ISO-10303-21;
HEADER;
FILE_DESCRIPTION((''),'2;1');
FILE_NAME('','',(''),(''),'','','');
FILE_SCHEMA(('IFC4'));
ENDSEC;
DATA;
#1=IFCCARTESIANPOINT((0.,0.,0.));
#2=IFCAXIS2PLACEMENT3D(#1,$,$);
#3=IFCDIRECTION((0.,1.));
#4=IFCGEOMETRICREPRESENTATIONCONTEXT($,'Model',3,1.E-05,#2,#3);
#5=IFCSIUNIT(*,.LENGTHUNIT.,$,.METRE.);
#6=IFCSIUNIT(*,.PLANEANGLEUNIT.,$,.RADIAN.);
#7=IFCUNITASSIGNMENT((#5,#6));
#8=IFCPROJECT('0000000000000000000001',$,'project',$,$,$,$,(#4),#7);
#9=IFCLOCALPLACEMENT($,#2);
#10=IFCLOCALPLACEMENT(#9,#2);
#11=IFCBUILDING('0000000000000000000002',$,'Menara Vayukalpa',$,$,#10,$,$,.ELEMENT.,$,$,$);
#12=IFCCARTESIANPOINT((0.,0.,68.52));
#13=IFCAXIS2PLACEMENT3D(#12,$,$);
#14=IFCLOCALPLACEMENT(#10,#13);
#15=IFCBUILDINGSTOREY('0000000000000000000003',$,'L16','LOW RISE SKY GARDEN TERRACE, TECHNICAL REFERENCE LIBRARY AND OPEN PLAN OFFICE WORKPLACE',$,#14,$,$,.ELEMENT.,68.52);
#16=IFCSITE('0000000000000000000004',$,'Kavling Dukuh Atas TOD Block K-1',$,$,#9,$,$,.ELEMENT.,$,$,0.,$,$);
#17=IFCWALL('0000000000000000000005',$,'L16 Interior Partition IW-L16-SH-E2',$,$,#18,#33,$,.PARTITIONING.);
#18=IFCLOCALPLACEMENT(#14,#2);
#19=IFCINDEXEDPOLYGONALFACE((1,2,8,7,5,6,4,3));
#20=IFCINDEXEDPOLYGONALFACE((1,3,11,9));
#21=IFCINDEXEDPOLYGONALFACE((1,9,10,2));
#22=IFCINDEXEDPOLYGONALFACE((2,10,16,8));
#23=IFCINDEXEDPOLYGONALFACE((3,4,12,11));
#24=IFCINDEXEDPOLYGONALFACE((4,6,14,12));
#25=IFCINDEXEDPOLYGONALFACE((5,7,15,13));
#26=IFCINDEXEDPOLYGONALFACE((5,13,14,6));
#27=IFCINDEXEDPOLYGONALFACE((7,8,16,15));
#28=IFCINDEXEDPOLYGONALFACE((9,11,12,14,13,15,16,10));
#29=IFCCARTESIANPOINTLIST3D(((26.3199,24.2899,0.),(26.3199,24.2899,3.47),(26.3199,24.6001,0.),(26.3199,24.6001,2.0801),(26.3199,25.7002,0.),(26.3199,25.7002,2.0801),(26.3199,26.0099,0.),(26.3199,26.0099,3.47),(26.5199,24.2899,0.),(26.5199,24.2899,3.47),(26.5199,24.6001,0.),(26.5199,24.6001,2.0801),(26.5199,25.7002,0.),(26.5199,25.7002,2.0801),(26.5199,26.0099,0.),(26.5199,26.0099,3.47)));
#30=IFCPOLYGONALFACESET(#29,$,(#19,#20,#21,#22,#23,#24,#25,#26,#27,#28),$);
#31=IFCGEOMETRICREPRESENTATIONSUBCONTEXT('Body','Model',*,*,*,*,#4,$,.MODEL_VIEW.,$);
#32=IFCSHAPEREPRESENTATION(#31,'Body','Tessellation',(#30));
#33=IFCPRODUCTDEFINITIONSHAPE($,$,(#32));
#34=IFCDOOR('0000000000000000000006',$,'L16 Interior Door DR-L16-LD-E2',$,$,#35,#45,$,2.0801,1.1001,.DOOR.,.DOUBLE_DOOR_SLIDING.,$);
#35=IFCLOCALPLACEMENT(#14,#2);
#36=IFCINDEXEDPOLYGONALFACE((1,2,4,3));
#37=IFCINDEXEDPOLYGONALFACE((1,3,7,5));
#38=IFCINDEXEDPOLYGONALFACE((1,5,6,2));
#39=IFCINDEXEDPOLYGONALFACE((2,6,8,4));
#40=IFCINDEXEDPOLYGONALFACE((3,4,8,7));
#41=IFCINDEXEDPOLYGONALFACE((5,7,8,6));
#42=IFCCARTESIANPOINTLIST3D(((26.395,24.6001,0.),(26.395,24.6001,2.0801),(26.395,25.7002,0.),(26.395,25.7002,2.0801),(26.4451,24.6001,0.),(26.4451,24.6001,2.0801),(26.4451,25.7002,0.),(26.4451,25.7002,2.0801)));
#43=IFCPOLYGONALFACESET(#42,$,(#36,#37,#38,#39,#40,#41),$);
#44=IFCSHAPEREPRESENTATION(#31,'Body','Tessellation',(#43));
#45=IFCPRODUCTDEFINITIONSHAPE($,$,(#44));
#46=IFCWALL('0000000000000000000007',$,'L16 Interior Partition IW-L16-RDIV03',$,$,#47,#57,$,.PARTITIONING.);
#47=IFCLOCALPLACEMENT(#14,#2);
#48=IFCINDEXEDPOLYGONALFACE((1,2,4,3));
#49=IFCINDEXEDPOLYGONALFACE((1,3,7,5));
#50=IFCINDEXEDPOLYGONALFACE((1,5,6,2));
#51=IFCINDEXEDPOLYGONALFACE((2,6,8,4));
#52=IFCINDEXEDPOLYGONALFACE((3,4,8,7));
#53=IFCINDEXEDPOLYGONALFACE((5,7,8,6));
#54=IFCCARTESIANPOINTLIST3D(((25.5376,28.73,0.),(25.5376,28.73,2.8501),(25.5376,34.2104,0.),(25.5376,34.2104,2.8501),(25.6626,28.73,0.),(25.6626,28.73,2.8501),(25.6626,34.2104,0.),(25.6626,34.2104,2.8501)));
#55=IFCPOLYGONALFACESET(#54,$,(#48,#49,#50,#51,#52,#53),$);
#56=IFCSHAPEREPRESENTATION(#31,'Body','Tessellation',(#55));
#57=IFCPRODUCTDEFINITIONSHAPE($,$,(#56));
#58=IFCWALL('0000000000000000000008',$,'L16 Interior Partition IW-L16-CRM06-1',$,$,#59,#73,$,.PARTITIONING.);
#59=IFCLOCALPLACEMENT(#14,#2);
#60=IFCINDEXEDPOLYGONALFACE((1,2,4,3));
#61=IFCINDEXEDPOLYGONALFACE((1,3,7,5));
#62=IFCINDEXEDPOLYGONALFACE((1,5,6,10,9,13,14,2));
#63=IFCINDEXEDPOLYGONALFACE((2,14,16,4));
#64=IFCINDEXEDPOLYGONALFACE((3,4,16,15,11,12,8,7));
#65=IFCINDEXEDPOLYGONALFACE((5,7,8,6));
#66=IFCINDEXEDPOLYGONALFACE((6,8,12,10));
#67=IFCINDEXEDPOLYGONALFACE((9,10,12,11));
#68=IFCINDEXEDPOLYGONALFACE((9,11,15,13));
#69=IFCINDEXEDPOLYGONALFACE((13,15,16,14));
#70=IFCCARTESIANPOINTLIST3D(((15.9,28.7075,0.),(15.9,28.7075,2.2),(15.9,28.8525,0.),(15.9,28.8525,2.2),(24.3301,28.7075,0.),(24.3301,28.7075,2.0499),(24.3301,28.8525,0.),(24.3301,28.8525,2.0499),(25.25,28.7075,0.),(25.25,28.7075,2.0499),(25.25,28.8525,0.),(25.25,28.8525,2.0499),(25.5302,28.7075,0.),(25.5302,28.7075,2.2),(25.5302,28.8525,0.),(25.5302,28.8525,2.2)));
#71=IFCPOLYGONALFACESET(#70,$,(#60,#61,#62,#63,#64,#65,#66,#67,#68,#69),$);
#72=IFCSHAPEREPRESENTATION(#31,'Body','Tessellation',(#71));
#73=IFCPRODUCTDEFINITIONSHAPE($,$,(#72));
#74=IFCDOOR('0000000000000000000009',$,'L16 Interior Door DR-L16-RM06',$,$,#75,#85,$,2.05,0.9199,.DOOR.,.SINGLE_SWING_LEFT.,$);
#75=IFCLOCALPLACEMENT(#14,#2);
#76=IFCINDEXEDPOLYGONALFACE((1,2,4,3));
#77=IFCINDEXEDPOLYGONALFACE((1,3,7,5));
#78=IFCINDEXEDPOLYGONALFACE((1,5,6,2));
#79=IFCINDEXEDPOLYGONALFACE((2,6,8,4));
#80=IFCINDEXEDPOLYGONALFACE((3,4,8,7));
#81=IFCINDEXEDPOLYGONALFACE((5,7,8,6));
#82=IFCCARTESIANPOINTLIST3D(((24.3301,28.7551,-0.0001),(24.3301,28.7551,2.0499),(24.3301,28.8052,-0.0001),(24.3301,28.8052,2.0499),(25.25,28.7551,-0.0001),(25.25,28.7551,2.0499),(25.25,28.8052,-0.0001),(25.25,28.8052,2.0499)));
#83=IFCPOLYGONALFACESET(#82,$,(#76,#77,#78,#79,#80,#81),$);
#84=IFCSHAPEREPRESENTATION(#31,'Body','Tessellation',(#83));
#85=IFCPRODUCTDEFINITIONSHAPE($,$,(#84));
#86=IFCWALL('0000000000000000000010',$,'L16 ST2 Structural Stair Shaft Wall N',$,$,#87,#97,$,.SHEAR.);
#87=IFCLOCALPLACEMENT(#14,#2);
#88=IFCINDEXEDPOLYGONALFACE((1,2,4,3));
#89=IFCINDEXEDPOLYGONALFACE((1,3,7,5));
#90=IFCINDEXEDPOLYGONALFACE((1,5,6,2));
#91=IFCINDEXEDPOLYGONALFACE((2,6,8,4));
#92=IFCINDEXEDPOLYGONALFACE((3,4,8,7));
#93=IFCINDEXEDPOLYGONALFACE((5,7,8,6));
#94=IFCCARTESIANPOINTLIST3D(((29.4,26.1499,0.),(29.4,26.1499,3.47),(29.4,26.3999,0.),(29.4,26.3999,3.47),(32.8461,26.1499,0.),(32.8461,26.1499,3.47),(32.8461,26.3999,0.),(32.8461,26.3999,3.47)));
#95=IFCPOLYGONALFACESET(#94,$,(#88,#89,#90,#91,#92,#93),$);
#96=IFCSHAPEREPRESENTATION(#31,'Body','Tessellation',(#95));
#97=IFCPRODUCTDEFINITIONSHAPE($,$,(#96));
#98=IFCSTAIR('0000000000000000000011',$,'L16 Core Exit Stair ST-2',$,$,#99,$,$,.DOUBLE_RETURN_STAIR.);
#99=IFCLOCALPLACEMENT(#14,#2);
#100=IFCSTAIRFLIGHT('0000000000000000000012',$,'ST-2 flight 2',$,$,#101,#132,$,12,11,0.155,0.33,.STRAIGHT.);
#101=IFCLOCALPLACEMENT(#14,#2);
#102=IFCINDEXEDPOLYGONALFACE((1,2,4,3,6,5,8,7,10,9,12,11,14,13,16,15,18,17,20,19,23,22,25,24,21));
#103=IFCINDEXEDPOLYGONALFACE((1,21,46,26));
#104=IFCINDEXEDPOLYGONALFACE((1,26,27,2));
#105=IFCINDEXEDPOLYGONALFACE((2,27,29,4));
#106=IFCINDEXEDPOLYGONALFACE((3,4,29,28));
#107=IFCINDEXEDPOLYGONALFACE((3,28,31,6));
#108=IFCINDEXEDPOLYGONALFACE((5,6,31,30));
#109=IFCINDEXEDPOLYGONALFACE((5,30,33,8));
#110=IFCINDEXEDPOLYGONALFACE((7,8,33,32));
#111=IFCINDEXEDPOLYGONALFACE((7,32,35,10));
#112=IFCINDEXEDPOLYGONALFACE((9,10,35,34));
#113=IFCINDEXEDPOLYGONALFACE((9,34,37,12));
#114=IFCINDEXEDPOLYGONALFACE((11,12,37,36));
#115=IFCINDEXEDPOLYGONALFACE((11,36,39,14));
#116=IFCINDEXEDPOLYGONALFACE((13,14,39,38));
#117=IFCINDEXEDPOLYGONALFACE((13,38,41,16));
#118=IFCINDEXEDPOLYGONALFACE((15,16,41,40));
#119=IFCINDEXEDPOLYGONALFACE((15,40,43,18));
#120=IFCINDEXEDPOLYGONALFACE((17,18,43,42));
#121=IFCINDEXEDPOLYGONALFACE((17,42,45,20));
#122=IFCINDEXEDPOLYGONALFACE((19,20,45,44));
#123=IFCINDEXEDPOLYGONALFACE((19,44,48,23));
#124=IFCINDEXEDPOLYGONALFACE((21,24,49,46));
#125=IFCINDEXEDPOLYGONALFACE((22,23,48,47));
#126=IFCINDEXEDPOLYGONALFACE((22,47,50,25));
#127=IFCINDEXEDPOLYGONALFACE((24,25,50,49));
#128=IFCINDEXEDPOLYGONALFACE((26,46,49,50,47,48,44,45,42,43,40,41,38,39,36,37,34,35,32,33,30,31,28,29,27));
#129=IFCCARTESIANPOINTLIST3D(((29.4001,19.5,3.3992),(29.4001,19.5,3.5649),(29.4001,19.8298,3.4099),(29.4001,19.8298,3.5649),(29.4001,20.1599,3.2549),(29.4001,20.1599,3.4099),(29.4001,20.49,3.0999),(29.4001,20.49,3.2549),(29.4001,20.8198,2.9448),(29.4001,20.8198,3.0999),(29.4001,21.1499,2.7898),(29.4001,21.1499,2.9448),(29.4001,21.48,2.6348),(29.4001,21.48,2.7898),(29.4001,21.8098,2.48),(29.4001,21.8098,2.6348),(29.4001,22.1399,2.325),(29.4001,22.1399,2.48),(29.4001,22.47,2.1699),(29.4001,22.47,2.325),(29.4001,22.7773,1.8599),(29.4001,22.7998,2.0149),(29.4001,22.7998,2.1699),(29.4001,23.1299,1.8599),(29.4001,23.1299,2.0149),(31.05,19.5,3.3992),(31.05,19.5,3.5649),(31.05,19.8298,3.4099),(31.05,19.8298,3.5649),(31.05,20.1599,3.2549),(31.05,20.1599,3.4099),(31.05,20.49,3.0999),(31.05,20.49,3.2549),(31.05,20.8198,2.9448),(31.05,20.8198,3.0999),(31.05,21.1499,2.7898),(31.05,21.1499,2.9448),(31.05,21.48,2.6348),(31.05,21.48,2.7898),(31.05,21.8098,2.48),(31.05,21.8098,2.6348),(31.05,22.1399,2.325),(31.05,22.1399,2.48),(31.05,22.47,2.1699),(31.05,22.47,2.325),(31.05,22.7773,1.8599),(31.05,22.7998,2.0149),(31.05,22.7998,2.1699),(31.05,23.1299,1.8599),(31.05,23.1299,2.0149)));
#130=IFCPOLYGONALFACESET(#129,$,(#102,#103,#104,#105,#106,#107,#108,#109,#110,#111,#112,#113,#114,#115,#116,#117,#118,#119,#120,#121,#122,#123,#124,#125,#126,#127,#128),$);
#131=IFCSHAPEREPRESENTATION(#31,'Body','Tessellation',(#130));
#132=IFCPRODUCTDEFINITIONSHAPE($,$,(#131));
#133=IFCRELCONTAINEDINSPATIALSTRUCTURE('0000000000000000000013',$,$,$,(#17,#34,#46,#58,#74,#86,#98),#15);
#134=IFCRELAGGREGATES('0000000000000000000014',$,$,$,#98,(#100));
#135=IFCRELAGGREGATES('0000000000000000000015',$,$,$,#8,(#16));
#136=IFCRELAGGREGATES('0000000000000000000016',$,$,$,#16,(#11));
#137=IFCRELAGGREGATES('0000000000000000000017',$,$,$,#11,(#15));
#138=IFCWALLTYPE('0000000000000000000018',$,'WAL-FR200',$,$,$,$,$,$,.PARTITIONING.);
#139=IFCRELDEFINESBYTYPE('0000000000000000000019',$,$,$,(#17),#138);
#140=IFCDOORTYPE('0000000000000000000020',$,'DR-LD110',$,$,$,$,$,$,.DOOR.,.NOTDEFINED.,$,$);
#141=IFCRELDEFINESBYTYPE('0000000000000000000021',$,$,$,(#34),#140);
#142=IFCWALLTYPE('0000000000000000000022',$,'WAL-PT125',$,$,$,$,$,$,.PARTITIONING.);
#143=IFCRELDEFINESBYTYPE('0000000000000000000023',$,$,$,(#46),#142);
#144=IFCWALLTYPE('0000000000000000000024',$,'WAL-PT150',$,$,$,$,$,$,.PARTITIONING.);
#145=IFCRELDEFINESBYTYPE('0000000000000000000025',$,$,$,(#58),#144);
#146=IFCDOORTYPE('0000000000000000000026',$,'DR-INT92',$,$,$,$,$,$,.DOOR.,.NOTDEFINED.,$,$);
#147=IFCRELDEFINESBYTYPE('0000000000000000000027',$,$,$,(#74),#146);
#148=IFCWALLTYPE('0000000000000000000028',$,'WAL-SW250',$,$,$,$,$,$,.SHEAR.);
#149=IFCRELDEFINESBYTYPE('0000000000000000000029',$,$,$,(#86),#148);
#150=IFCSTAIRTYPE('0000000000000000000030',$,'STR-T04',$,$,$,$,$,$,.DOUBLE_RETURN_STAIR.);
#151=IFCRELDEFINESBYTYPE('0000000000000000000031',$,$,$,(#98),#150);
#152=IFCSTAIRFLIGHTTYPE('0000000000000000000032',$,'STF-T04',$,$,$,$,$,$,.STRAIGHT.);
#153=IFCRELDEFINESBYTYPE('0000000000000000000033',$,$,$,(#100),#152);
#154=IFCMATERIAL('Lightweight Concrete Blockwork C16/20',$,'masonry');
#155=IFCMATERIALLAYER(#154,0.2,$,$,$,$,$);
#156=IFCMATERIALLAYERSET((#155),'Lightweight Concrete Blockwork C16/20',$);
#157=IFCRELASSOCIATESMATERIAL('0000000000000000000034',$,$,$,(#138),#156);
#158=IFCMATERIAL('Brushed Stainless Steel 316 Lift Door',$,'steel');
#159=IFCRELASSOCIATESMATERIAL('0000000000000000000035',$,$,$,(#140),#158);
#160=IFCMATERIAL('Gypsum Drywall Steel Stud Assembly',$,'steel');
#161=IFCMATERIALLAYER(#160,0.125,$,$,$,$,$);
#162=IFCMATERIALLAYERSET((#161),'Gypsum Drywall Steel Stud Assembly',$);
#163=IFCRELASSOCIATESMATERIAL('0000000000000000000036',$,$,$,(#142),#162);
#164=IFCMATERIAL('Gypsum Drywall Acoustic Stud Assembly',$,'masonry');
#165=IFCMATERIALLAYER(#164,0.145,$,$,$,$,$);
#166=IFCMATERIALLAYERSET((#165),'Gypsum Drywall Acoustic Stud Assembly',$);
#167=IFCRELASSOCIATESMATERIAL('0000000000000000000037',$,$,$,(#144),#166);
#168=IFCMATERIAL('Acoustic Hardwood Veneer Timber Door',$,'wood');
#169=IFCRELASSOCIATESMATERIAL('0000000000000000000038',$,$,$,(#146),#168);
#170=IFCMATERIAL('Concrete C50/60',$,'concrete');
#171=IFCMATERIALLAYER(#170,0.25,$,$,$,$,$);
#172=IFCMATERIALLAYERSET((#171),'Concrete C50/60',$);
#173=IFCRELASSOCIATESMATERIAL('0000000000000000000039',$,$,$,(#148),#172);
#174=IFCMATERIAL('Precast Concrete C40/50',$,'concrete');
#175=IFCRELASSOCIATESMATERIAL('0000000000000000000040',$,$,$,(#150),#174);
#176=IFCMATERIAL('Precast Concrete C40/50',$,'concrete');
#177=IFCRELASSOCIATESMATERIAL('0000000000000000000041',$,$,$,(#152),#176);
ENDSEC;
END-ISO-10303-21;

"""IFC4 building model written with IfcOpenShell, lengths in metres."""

from ifc_helpers import new_model, si_unit, direction, frame, frame_2d, origin, place, context, subcontext, project, spatial, polyline, rectangle, outline, extrude, material, layer, layer_set, type_object, element, fill, aggregate, save


model = new_model("IFC4")

# Units and contexts
model_context = context("Model", 3, precision=1e-05, world=origin(), true_north=direction((0.0, 1.0)))
body_context = subcontext(model_context, "Body", "Model", "MODEL_VIEW")
ifc_project = project(units=[si_unit("LENGTHUNIT", "METRE"), si_unit("PLANEANGLEUNIT", "RADIAN")], contexts=[model_context])

# Site, building, storey
site_placement = place(None, origin())
site = spatial("IfcSite", under=ifc_project, at=site_placement, Name="Kavling Dukuh Atas TOD Block K-1", CompositionType="ELEMENT", RefElevation=0.0)
building_placement = place(site_placement, origin())
building = spatial("IfcBuilding", under=site, at=building_placement, Name="Menara Vayukalpa", CompositionType="ELEMENT")
storey_placement = place(building_placement, frame((0.0, 0.0, 68.52)))
storey = spatial("IfcBuildingStorey", under=building, at=storey_placement, Name="L16", Description="LOW RISE SKY GARDEN TERRACE, TECHNICAL REFERENCE LIBRARY AND OPEN PLAN OFFICE WORKPLACE", CompositionType="ELEMENT", Elevation=68.52)

# Wall, opening, door
ifc_material_1 = material(Name="Lightweight Concrete Blockwork C16/20", Category="masonry")
ifc_layer_1 = layer(ifc_material_1, 0.2)
ifc_layer_set_1 = layer_set([ifc_layer_1], Name="Lightweight Concrete Blockwork C16/20")
wall_type_1 = type_object("IfcWallType", Name="WAL-FR200", PredefinedType="PARTITIONING", material=ifc_layer_set_1)
ifc_material_2 = material(Name="Brushed Stainless Steel 316 Lift Door", Category="steel")
door_type_1 = type_object("IfcDoorType", Name="DR-LD110", OperationType="NOTDEFINED", PredefinedType="DOOR", material=ifc_material_2)
wall_1_placement = place(storey_placement, frame((26.4199, 24.29, 0.0), z_axis=(0.0, 0.0, 1.0), x_axis=(0.0, 1.0, 0.0)))
wall_1 = element("IfcWall", 1, at=wall_1_placement, inside=storey, type_object=wall_type_1, Name="L16 Interior Partition IW-L16-SH-E2", PredefinedType="PARTITIONING", context=body_context, shape_type="SweptSolid", body=[
    extrude(rectangle(XDim=1.72, YDim=0.2, at=frame_2d((0.8599, 0.0))), origin(), (0.0, 0.0, 1.0), 3.47),
])
opening_1_placement = place(wall_1_placement, frame((0.3101, 0.0, 0.0)))
opening_1 = element("IfcOpeningElement", 2, at=opening_1_placement, cuts=wall_1, PredefinedType="OPENING", context=body_context, shape_type="SweptSolid", body=[
    extrude(rectangle(XDim=1.1001, YDim=2.0801, at=frame_2d((0.55, 1.04))), frame((0.0, 0.1099, 0.0), z_axis=(0.0, -1.0, 0.0), x_axis=(1.0, 0.0, 0.0)), (0.0, 0.0, 1.0), 0.22),
])
door_1_placement = place(opening_1_placement, origin())
door_1 = element("IfcDoor", 3, at=door_1_placement, inside=storey, type_object=door_type_1, Name="L16 Interior Door DR-L16-LD-E2", OperationType="DOUBLE_DOOR_SLIDING", OverallHeight=2.0801, OverallWidth=1.1001, PredefinedType="DOOR", context=body_context, shape_type="SweptSolid", body=[
    extrude(rectangle(XDim=1.1001, YDim=2.0801, at=frame_2d((0.55, 1.04))), frame((0.0, 0.0249, 0.0), z_axis=(0.0, -1.0, 0.0), x_axis=(1.0, 0.0, 0.0)), (0.0, 0.0, 1.0), 0.05),
])
fill(opening_1, door_1)

# Wall
ifc_material_3 = material(Name="Gypsum Drywall Steel Stud Assembly", Category="steel")
ifc_layer_2 = layer(ifc_material_3, 0.125)
ifc_layer_set_2 = layer_set([ifc_layer_2], Name="Gypsum Drywall Steel Stud Assembly")
wall_type_2 = type_object("IfcWallType", Name="WAL-PT125", PredefinedType="PARTITIONING", material=ifc_layer_set_2)
wall_2_placement = place(storey_placement, frame((25.6001, 28.73, 0.0), z_axis=(0.0, 0.0, 1.0), x_axis=(0.0, 1.0, 0.0)))
element("IfcWall", 4, at=wall_2_placement, inside=storey, type_object=wall_type_2, Name="L16 Interior Partition IW-L16-RDIV03", PredefinedType="PARTITIONING", context=body_context, shape_type="SweptSolid", body=[
    extrude(rectangle(XDim=5.4805, YDim=0.125, at=frame_2d((2.7402, 0.0))), origin(), (0.0, 0.0, 1.0), 2.8501),
])

# Wall, opening, door
ifc_material_4 = material(Name="Gypsum Drywall Acoustic Stud Assembly", Category="masonry")
ifc_layer_3 = layer(ifc_material_4, 0.145)
ifc_layer_set_3 = layer_set([ifc_layer_3], Name="Gypsum Drywall Acoustic Stud Assembly")
wall_type_3 = type_object("IfcWallType", Name="WAL-PT150", PredefinedType="PARTITIONING", material=ifc_layer_set_3)
wall_3_placement = place(storey_placement, frame((25.53, 28.78, 0.0), z_axis=(0.0, 0.0, 1.0), x_axis=(-1.0, 0.0, 0.0)))
wall_3 = element("IfcWall", 5, at=wall_3_placement, inside=storey, type_object=wall_type_3, Name="L16 Interior Partition IW-L16-CRM06-1", PredefinedType="PARTITIONING", context=body_context, shape_type="SweptSolid", body=[
    extrude(rectangle(XDim=9.6301, YDim=0.145, at=frame_2d((4.8149, 0.0))), origin(), (0.0, 0.0, 1.0), 2.2),
])
opening_2_placement = place(wall_3_placement, frame((0.28, 0.0, 0.0)))
opening_2 = element("IfcOpeningElement", 6, at=opening_2_placement, cuts=wall_3, PredefinedType="OPENING", context=body_context, shape_type="SweptSolid", body=[
    extrude(rectangle(XDim=0.9199, YDim=2.05, at=frame_2d((0.46, 1.0249))), frame((0.0, 0.0825, 0.0), z_axis=(0.0, -1.0, 0.0), x_axis=(1.0, 0.0, 0.0)), (0.0, 0.0, 1.0), 0.165),
])
ifc_material_5 = material(Name="Acoustic Hardwood Veneer Timber Door", Category="wood")
door_type_2 = type_object("IfcDoorType", Name="DR-INT92", OperationType="NOTDEFINED", PredefinedType="DOOR", material=ifc_material_5)
door_2_placement = place(opening_2_placement, origin())
door_2 = element("IfcDoor", 7, at=door_2_placement, inside=storey, type_object=door_type_2, Name="L16 Interior Door DR-L16-RM06", OperationType="SINGLE_SWING_LEFT", OverallHeight=2.05, OverallWidth=0.9199, PredefinedType="DOOR", context=body_context, shape_type="SweptSolid", body=[
    extrude(rectangle(XDim=0.9199, YDim=2.05, at=frame_2d((0.46, 1.0249))), frame((0.0, 0.0249, 0.0), z_axis=(0.0, -1.0, 0.0), x_axis=(1.0, 0.0, 0.0)), (0.0, 0.0, 1.0), 0.05),
])
fill(opening_2, door_2)

# Wall
ifc_material_6 = material(Name="Concrete C50/60", Category="concrete")
ifc_layer_4 = layer(ifc_material_6, 0.25)
ifc_layer_set_4 = layer_set([ifc_layer_4], Name="Concrete C50/60")
wall_type_4 = type_object("IfcWallType", Name="WAL-SW250", PredefinedType="SHEAR", material=ifc_layer_set_4)
wall_4_placement = place(storey_placement, frame((29.3999, 26.2749, 0.0), z_axis=(0.0, 0.0, 1.0), x_axis=(1.0, 0.0, 0.0)))
element("IfcWall", 8, at=wall_4_placement, inside=storey, type_object=wall_type_4, Name="L16 ST2 Structural Stair Shaft Wall N", PredefinedType="SHEAR", context=body_context, shape_type="SweptSolid", body=[
    extrude(rectangle(XDim=3.446, YDim=0.25, at=frame_2d((1.7231, 0.0))), origin(), (0.0, 0.0, 1.0), 3.47),
])

# Stair, stair flight
ifc_material_7 = material(Name="Precast Concrete C40/50", Category="concrete")
stair_type = type_object("IfcStairType", Name="STR-T04", PredefinedType="DOUBLE_RETURN_STAIR", material=ifc_material_7)
stair_placement = place(storey_placement, origin())
stair = element("IfcStair", 9, at=stair_placement, inside=storey, type_object=stair_type, Name="L16 Core Exit Stair ST-2", PredefinedType="DOUBLE_RETURN_STAIR")
ifc_material_8 = material(Name="Precast Concrete C40/50", Category="concrete")
stair_flight_type = type_object("IfcStairFlightType", Name="STF-T04", PredefinedType="STRAIGHT", material=ifc_material_8)
stair_flight_placement = place(storey_placement, frame((30.2251, 23.1299, 1.8599), z_axis=(0.0, 0.0, 1.0), x_axis=(0.0, -1.0, 0.0)))
stair_flight = element("IfcStairFlight", 10, at=stair_flight_placement, type_object=stair_flight_type, Name="ST-2 flight 2", NumberOfRisers=12, NumberOfTreads=11, PredefinedType="STRAIGHT", RiserHeight=0.155, TreadLength=0.33, context=body_context, shape_type="SweptSolid", body=[
    extrude(outline(polyline([(0.0, 0.0), (0.0, 0.155), (0.3301, 0.155), (0.3301, 0.3101), (0.6599, 0.3101), (0.6599, 0.4651), (0.99, 0.4651), (0.99, 0.6201), (1.3201, 0.6201), (1.3201, 0.7749), (1.6499, 0.7749), (1.6499, 0.9299), (1.98, 0.9299), (1.98, 1.085), (2.3101, 1.085), (2.3101, 1.24), (2.6399, 1.24), (2.6399, 1.395), (2.97, 1.395), (2.97, 1.55), (3.3, 1.55), (3.3, 1.7051), (3.6299, 1.7051), (3.6299, 1.8601), (3.6299, 1.5393), (0.3525, 0.0), (0.0, 0.0)])), frame((0.0, 0.825, 0.0), z_axis=(0.0, -1.0, 0.0), x_axis=(1.0, 0.0, 0.0)), (0.0, 0.0, 1.0), 1.6499),
])
aggregate(stair, [stair_flight])

save(model, "model.ifc")
